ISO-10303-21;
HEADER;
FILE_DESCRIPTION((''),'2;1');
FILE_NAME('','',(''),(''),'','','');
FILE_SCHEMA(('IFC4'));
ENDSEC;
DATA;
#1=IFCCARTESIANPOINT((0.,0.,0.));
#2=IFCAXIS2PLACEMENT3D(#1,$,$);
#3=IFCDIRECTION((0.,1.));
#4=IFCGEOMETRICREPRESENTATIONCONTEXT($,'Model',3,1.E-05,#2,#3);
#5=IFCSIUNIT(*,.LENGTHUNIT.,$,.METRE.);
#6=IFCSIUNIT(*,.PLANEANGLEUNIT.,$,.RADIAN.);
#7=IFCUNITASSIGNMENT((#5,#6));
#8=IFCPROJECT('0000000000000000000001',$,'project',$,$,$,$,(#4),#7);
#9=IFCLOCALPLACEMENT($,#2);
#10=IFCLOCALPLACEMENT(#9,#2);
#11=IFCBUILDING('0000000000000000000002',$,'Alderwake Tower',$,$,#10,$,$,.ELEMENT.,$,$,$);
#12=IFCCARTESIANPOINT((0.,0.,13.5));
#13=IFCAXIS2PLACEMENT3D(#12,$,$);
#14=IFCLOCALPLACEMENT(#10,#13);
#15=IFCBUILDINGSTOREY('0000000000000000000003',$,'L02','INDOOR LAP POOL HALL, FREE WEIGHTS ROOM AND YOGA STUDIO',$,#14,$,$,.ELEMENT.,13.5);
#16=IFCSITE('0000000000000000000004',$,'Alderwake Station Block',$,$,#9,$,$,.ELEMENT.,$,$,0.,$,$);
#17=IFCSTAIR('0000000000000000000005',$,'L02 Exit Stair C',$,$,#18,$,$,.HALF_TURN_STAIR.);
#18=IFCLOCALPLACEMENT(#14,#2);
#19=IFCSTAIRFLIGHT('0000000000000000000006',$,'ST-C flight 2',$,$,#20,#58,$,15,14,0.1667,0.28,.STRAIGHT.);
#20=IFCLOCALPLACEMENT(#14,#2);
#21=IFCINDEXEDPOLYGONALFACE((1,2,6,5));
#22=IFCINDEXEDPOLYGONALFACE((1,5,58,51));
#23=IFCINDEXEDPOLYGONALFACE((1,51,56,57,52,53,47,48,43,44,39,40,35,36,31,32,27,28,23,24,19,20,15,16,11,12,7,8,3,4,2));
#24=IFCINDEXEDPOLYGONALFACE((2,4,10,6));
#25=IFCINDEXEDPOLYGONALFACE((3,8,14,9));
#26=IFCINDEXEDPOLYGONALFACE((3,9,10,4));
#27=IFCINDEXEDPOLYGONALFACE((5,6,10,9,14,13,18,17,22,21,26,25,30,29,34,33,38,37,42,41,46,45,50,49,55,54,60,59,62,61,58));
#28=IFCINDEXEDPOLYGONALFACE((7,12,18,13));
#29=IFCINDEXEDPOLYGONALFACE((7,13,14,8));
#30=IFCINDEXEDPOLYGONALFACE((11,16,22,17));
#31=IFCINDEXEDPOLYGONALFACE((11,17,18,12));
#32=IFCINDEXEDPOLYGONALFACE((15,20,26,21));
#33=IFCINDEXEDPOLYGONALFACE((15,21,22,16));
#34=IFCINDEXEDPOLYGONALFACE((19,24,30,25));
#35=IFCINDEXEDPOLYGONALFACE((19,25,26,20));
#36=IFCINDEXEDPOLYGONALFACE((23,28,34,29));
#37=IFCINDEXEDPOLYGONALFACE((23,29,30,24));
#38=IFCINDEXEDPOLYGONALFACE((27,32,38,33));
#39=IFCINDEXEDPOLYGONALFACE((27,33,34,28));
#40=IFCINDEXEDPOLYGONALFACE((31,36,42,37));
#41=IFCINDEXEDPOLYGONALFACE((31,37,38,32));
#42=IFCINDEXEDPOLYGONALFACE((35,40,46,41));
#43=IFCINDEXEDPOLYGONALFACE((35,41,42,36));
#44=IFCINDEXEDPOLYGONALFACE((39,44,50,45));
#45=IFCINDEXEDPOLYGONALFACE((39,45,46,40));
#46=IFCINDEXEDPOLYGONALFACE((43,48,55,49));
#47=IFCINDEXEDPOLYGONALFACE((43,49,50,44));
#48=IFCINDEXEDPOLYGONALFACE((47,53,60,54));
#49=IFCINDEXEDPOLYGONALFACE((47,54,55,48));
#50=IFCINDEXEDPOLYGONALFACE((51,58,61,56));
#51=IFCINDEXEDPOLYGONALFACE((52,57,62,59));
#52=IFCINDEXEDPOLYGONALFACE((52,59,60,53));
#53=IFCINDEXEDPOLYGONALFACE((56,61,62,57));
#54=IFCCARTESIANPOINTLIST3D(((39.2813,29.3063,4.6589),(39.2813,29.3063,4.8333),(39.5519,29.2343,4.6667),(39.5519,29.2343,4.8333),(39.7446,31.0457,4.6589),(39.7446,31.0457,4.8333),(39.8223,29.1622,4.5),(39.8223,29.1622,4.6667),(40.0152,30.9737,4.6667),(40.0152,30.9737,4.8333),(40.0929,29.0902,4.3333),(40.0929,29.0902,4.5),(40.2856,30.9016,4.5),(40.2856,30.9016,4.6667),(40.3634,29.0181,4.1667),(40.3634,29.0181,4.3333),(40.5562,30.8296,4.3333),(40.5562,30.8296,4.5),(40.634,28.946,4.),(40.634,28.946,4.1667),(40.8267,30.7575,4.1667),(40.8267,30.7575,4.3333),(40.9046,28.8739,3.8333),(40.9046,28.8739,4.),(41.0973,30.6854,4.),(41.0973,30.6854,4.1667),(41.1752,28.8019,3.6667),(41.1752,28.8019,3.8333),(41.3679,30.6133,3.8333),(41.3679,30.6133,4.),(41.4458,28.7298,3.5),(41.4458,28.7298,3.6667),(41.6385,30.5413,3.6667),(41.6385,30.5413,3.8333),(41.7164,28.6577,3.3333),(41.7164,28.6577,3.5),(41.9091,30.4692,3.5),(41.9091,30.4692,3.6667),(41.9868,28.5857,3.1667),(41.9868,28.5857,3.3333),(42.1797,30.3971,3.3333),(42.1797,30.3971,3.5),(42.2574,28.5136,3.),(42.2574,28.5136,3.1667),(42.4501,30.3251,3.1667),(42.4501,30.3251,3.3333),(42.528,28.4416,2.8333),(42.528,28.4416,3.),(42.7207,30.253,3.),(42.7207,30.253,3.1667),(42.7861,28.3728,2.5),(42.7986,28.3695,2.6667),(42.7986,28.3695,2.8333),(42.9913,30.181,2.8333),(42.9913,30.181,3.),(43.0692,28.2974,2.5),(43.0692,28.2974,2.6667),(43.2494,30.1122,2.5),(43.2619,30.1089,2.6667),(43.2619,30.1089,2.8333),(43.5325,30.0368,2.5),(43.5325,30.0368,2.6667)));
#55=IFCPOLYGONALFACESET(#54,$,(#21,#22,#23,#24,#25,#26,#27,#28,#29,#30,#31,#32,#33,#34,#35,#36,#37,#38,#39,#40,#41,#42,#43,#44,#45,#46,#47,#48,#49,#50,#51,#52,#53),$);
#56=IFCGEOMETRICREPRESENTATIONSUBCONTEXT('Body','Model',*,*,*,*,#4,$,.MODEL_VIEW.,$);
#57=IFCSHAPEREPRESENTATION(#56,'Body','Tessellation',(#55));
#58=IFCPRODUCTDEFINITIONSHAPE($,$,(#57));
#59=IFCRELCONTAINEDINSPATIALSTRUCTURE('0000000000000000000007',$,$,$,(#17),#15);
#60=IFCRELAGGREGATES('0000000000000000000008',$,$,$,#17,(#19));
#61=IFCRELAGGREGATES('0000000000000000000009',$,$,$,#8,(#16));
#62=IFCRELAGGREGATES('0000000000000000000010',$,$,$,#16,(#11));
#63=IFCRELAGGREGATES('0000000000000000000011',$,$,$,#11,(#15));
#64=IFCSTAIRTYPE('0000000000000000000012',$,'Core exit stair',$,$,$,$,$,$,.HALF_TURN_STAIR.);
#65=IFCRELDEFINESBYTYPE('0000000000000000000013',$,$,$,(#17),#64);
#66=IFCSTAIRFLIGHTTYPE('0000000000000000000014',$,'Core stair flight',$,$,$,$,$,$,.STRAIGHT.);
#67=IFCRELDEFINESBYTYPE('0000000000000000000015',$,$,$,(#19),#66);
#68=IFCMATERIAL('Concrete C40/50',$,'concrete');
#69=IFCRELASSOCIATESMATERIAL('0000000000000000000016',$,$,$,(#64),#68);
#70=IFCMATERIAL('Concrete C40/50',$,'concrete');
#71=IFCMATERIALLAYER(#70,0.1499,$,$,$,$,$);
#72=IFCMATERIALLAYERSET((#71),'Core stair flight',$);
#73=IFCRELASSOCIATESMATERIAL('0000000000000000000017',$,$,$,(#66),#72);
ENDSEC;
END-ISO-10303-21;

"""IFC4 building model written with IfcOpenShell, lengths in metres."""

from ifc_helpers import new_model, si_unit, direction, frame, origin, place, context, subcontext, project, spatial, polyline, outline, extrude, material, layer, layer_set, type_object, element, aggregate, save


model = new_model("IFC4")

# Units and contexts
model_context = context("Model", 3, precision=1e-05, world=origin(), true_north=direction((0.0, 1.0)))
body_context = subcontext(model_context, "Body", "Model", "MODEL_VIEW")
ifc_project = project(units=[si_unit("LENGTHUNIT", "METRE"), si_unit("PLANEANGLEUNIT", "RADIAN")], contexts=[model_context])

# Site, building, storey
site_placement = place(None, origin())
site = spatial("IfcSite", under=ifc_project, at=site_placement, Name="Alderwake Station Block", CompositionType="ELEMENT", RefElevation=0.0)
building_placement = place(site_placement, origin())
building = spatial("IfcBuilding", under=site, at=building_placement, Name="Alderwake Tower", CompositionType="ELEMENT")
storey_placement = place(building_placement, frame((0.0, 0.0, 13.5)))
storey = spatial("IfcBuildingStorey", under=building, at=storey_placement, Name="L02", Description="INDOOR LAP POOL HALL, FREE WEIGHTS ROOM AND YOGA STUDIO", CompositionType="ELEMENT", Elevation=13.5)

# Stair, stair flight
ifc_material_1 = material(Name="Concrete C40/50", Category="concrete")
stair_type = type_object("IfcStairType", Name="Core exit stair", PredefinedType="HALF_TURN_STAIR", material=ifc_material_1)
stair_placement = place(storey_placement, origin())
stair = element("IfcStair", 1, at=stair_placement, inside=storey, type_object=stair_type, Name="L02 Exit Stair C", PredefinedType="HALF_TURN_STAIR")
ifc_material_2 = material(Name="Concrete C40/50", Category="concrete")
ifc_layer_1 = layer(ifc_material_2, 0.1499)
ifc_layer_set_1 = layer_set([ifc_layer_1], Name="Core stair flight")
stair_flight_type = type_object("IfcStairFlightType", Name="Core stair flight", PredefinedType="STRAIGHT", material=ifc_layer_set_1)
stair_flight_1_placement = place(storey_placement, frame((43.3008, 29.167, 2.5), z_axis=(0.0, 0.0, 1.0), x_axis=(-0.96631, 0.257382, 0.0)))
stair_flight_1 = element("IfcStairFlight", 2, at=stair_flight_1_placement, type_object=stair_flight_type, Name="ST-C flight 2", NumberOfRisers=15, NumberOfTreads=14, PredefinedType="STRAIGHT", RiserHeight=0.1667, TreadLength=0.28, context=body_context, shape_type="SweptSolid", body=[
    extrude(outline(polyline([(0.0, 0.0), (0.0, 0.1667), (0.28, 0.1667), (0.28, 0.3333), (0.5601, 0.3333), (0.5601, 0.5), (0.8401, 0.5), (0.8401, 0.6667), (1.1201, 0.6667), (1.1201, 0.8333), (1.3999, 0.8333), (1.3999, 1.0), (1.6799, 1.0), (1.6799, 1.1667), (1.96, 1.1667), (1.96, 1.3333), (2.24, 1.3333), (2.24, 1.5), (2.52, 1.5), (2.52, 1.6667), (2.8, 1.6667), (2.8, 1.8333), (3.0801, 1.8333), (3.0801, 2.0), (3.3601, 2.0), (3.3601, 2.1667), (3.6399, 2.1667), (3.6399, 2.3333), (3.9199, 2.3333), (3.9199, 2.5), (3.9199, 2.1589), (0.293, 0.0), (0.0, 0.0)])), frame((0.0, 0.8999, 0.0), z_axis=(0.0, -1.0, 0.0), x_axis=(1.0, 0.0, 0.0)), (0.0, 0.0, 1.0), 1.8),
])
aggregate(stair, [stair_flight_1])

save(model, "model.ifc")
